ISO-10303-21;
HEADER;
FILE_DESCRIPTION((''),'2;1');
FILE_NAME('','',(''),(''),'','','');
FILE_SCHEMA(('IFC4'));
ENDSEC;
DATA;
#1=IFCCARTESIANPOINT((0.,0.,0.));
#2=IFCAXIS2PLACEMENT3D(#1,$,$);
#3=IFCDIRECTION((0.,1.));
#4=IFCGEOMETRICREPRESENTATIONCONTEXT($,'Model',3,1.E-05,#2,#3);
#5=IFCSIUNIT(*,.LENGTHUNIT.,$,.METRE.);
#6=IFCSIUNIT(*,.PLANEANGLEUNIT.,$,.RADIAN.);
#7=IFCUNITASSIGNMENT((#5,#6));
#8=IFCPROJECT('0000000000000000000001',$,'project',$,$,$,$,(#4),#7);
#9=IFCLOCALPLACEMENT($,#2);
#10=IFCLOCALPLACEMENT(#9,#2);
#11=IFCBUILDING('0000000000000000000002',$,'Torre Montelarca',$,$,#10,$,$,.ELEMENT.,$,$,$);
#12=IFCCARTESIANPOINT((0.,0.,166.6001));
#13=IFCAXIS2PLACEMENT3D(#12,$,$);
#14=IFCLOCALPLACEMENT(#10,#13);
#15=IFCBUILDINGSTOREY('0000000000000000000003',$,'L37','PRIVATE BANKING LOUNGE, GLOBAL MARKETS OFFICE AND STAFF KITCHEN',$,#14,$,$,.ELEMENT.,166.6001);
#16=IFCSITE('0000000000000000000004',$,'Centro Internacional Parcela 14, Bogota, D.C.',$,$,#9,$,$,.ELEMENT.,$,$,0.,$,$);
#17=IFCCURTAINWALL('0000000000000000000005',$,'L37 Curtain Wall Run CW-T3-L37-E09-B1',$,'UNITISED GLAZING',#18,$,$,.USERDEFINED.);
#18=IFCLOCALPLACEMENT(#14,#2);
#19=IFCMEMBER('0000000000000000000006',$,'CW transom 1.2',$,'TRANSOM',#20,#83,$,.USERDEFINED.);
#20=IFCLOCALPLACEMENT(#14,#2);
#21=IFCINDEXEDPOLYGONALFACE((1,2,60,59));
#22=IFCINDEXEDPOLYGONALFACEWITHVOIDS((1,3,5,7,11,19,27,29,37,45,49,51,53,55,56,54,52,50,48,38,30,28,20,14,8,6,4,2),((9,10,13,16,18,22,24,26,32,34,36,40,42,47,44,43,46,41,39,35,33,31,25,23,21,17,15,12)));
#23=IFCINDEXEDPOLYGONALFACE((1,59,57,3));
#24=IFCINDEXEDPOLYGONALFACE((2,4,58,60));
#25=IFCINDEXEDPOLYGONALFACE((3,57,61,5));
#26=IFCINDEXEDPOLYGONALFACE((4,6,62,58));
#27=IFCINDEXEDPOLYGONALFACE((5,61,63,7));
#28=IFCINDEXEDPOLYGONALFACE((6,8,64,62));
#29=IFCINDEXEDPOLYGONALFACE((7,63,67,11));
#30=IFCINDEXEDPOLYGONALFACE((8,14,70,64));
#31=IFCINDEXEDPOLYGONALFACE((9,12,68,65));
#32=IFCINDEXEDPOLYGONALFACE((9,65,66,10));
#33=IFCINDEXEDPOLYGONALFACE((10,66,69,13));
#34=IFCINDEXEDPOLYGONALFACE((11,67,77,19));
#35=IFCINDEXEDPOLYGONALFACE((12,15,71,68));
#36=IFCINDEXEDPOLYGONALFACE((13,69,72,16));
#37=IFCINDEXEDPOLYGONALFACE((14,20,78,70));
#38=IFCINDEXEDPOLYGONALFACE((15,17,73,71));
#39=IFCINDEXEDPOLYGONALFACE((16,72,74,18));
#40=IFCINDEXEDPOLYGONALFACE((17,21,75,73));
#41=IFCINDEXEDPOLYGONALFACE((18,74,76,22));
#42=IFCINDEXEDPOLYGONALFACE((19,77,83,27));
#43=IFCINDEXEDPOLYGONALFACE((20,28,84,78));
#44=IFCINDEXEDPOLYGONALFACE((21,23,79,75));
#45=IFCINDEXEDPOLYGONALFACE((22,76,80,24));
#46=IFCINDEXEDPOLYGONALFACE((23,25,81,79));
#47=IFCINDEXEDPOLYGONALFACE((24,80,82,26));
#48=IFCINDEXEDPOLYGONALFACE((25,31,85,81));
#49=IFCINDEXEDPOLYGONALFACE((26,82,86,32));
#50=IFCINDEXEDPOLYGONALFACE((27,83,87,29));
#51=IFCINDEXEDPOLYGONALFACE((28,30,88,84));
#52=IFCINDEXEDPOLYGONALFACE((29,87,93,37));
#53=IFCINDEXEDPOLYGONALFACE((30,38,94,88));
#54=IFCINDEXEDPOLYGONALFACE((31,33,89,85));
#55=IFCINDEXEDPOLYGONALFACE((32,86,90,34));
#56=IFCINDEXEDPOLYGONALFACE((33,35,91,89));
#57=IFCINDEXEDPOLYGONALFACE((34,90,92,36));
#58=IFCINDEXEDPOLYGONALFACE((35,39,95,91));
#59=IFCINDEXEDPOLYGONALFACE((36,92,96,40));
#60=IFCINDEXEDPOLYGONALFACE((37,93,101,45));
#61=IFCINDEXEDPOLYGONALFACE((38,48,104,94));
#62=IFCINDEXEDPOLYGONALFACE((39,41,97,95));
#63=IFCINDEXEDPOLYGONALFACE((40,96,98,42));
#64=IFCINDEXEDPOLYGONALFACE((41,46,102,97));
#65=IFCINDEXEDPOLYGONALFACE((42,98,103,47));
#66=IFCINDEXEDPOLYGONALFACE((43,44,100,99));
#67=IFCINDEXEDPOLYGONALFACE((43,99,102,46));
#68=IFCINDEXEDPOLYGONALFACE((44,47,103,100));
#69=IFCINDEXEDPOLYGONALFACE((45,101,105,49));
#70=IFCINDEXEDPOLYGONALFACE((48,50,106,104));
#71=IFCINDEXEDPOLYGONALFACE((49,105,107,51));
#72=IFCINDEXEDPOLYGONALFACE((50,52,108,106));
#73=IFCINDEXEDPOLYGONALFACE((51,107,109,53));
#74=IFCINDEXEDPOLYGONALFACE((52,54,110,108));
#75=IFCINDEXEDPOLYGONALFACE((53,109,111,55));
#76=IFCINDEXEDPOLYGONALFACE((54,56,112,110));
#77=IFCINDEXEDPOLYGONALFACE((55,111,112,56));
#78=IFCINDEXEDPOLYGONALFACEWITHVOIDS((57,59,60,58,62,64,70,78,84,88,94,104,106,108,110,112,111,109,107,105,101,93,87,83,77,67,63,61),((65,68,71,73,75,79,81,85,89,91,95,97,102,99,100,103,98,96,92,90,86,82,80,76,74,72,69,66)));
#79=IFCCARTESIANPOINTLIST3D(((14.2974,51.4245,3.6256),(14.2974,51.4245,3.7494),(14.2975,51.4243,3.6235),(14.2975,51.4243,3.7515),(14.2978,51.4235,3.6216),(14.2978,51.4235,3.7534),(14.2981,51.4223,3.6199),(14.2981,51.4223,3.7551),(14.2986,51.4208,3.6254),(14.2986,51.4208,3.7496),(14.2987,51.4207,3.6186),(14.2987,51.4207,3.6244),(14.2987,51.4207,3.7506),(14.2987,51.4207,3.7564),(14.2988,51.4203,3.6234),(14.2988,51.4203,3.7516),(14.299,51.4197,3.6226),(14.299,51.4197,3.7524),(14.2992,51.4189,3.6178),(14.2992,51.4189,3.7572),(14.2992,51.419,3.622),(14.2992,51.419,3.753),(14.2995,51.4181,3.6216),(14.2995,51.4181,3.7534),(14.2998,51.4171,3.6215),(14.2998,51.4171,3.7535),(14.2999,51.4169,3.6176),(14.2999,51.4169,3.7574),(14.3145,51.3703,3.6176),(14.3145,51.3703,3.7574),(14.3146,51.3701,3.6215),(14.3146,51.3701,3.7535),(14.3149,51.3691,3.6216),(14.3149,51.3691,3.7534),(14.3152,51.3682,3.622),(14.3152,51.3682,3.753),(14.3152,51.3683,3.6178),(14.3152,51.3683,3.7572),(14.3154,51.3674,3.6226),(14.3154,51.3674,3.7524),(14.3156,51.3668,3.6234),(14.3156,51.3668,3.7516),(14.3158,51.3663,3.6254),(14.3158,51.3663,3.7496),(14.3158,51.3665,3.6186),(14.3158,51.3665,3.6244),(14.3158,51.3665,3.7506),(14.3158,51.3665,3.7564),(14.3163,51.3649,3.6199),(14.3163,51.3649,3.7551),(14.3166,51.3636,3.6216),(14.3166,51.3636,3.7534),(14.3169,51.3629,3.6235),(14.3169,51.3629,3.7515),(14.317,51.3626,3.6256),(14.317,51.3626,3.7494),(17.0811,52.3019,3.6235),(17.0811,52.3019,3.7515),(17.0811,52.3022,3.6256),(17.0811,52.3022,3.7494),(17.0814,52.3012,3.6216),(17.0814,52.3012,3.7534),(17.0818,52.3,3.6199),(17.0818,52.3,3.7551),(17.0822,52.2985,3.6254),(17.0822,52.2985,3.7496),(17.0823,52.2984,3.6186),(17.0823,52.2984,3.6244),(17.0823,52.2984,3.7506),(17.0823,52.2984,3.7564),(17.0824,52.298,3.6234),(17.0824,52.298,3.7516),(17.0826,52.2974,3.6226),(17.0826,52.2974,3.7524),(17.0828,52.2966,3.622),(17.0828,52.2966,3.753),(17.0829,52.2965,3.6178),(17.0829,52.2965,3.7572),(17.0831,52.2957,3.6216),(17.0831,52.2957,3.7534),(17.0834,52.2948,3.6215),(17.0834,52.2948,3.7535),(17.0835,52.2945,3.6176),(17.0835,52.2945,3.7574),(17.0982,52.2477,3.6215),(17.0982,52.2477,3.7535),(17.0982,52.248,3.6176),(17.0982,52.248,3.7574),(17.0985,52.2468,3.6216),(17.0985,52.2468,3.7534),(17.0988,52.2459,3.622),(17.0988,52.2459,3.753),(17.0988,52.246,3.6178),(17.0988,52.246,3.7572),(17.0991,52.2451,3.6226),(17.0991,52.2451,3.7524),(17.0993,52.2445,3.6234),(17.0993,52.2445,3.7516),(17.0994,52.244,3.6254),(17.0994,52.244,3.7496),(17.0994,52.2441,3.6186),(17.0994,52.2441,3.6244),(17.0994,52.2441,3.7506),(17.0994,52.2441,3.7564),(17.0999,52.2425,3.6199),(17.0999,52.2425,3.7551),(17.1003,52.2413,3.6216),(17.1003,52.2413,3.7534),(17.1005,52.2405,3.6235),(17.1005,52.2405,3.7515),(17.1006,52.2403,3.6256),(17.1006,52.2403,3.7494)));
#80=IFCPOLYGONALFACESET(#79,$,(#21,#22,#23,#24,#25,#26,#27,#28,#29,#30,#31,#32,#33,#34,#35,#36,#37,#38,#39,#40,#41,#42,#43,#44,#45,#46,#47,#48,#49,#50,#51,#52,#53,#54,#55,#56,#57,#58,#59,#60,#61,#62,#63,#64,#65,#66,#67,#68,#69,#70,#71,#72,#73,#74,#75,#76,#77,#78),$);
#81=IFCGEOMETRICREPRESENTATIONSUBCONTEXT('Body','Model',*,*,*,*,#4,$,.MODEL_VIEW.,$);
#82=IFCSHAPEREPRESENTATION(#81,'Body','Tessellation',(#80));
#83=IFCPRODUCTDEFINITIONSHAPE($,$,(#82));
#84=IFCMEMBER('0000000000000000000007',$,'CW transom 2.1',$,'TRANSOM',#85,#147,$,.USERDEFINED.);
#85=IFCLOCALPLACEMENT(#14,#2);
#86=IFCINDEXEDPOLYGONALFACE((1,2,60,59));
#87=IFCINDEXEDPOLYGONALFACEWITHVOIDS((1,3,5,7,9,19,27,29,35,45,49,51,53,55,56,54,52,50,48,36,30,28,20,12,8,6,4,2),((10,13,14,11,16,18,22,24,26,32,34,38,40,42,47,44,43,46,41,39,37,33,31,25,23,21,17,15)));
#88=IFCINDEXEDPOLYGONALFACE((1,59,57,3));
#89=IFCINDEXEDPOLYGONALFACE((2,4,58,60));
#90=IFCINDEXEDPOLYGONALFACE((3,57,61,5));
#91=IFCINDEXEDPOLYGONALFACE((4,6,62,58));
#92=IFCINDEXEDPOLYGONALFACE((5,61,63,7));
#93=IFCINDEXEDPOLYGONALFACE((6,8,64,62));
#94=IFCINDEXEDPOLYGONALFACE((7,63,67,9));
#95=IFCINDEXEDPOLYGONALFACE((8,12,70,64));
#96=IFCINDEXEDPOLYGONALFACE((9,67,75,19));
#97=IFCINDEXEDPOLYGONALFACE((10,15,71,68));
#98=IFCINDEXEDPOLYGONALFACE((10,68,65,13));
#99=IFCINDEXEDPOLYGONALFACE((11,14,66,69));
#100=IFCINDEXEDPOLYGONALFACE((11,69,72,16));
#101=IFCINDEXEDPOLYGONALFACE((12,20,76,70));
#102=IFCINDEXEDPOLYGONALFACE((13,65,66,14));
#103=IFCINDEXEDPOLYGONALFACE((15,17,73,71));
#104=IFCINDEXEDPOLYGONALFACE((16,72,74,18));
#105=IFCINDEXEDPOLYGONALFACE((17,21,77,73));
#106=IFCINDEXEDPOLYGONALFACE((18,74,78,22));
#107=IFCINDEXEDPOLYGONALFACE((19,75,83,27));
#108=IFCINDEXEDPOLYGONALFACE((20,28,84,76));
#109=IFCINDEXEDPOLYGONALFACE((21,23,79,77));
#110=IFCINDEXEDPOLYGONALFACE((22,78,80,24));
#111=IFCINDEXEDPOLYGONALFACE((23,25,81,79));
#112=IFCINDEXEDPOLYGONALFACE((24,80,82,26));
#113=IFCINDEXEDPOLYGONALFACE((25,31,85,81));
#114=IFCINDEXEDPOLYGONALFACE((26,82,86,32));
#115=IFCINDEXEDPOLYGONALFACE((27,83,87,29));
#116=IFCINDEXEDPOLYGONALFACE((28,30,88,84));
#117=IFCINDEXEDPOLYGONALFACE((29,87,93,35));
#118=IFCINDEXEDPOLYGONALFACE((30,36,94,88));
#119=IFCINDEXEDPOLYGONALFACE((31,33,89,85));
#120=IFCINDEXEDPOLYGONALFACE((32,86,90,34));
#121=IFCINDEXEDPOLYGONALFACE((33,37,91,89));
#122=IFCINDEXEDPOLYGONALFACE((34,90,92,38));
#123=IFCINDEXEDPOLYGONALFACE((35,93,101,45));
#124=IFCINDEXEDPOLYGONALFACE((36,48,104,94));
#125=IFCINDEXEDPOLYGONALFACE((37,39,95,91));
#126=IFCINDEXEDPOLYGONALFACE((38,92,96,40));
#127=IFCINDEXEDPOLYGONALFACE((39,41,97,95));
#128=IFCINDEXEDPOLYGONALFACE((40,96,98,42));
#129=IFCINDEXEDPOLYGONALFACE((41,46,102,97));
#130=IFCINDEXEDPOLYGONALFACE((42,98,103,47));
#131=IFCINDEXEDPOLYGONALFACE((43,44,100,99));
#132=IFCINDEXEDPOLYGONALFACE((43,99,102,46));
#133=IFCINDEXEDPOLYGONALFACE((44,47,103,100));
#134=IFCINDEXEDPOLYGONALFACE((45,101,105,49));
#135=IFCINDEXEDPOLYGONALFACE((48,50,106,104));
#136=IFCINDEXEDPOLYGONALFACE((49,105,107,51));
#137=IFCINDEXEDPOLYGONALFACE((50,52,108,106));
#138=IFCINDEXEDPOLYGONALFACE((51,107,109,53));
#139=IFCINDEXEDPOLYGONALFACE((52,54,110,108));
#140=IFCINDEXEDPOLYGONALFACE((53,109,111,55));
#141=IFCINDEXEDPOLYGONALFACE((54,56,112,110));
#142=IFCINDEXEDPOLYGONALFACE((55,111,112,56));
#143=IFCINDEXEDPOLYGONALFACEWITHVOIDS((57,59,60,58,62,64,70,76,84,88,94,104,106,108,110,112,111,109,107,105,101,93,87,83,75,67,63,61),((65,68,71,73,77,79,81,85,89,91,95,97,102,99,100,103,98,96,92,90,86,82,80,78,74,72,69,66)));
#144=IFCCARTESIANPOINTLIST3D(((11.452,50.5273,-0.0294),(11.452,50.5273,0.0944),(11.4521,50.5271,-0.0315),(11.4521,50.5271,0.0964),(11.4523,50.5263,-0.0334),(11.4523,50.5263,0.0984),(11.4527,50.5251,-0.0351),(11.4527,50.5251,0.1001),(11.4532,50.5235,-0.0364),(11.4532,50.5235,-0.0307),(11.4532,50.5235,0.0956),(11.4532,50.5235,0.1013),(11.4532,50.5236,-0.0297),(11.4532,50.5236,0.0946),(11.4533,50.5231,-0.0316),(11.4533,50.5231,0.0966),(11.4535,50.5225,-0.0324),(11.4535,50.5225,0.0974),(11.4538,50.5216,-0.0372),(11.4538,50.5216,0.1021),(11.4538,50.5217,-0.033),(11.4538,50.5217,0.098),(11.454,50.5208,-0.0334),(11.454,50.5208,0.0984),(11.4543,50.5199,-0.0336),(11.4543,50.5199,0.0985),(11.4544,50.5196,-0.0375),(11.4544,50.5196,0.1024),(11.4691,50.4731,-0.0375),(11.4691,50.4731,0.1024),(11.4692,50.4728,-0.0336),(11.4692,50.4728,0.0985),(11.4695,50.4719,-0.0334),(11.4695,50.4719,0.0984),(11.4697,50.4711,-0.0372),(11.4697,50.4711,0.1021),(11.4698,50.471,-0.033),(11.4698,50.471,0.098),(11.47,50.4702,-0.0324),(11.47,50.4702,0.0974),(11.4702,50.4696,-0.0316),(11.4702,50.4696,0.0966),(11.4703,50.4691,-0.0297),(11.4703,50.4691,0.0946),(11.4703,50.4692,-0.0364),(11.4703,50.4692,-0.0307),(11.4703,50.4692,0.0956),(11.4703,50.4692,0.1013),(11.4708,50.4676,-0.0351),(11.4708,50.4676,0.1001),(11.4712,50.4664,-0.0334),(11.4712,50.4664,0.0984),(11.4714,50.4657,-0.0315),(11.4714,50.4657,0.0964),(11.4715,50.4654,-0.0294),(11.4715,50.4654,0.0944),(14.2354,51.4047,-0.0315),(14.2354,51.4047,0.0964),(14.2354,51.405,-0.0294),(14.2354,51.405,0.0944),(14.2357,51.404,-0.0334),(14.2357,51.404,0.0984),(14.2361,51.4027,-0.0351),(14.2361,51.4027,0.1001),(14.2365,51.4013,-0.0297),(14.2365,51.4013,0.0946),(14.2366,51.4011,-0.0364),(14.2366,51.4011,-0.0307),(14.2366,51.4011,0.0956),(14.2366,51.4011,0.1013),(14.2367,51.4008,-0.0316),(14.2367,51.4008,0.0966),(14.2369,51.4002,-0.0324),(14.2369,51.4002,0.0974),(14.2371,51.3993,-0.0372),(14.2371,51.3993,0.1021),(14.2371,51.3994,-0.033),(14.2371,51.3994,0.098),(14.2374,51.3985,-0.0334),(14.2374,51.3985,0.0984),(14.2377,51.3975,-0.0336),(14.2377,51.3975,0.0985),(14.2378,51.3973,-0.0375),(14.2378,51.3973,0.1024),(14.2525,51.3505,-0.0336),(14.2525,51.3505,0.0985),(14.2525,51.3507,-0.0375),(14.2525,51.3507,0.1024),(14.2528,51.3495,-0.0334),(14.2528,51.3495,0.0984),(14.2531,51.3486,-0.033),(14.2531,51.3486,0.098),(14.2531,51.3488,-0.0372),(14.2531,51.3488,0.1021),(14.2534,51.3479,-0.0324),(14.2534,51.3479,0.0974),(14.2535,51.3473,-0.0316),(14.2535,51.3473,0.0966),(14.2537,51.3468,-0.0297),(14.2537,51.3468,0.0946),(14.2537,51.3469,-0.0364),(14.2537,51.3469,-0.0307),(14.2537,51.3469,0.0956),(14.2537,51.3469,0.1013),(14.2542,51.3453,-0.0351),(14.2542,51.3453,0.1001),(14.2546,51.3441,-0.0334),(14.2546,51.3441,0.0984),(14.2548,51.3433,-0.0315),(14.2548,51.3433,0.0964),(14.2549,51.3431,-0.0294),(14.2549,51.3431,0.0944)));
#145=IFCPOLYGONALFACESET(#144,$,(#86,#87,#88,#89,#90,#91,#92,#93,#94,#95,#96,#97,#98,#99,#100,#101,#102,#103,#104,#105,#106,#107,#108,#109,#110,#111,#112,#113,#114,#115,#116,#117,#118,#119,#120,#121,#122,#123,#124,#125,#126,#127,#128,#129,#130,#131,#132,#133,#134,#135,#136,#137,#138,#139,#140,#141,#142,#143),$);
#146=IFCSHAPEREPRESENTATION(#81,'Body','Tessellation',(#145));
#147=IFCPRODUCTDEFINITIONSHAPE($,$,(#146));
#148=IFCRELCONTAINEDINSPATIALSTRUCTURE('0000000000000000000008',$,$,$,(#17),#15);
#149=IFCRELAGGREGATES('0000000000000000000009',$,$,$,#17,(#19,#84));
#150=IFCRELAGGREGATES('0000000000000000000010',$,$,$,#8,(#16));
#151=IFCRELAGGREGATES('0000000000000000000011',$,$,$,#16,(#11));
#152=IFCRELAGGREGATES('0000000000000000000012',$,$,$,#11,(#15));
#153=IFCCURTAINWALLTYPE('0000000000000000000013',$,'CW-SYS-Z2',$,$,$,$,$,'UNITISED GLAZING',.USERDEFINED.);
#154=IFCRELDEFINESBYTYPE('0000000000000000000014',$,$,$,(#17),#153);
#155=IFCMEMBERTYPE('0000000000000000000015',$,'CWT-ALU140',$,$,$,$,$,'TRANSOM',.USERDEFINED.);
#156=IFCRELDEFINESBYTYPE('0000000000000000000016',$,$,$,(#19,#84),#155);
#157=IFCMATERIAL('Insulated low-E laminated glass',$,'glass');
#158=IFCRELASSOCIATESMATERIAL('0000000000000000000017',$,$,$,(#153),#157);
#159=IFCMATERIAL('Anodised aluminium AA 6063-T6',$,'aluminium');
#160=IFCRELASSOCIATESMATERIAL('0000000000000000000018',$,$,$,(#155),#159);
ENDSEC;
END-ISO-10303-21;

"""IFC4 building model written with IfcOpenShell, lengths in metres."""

from ifc_helpers import new_model, si_unit, direction, frame, origin, origin_2d, place, context, subcontext, project, spatial, hollow_rectangle, extrude, source, transform, mapped, material, material_profile, profile_set, type_object, element, aggregate, save


model = new_model("IFC4")

# Units and contexts
model_context = context("Model", 3, precision=1e-05, world=origin(), true_north=direction((0.0, 1.0)))
body_context = subcontext(model_context, "Body", "Model", "MODEL_VIEW")
ifc_project = project(units=[si_unit("LENGTHUNIT", "METRE"), si_unit("PLANEANGLEUNIT", "RADIAN")], contexts=[model_context])

# Site, building, storey
site_placement = place(None, origin())
site = spatial("IfcSite", under=ifc_project, at=site_placement, Name="Centro Internacional Parcela 14, Bogota, D.C.", CompositionType="ELEMENT", RefElevation=0.0)
building_placement = place(site_placement, origin())
building = spatial("IfcBuilding", under=site, at=building_placement, Name="Torre Montelarca", CompositionType="ELEMENT")
storey_placement = place(building_placement, frame((0.0, 0.0, 166.6001)))
storey = spatial("IfcBuildingStorey", under=building, at=storey_placement, Name="L37", Description="PRIVATE BANKING LOUNGE, GLOBAL MARKETS OFFICE AND STAFF KITCHEN", CompositionType="ELEMENT", Elevation=166.6001)

# Curtain wall, members
ifc_material_1 = material(Name="Insulated low-E laminated glass", Category="glass")
curtain_wall_type = type_object("IfcCurtainWallType", Name="CW-SYS-Z2", ElementType="UNITISED GLAZING", PredefinedType="USERDEFINED", material=ifc_material_1)
curtain_wall_1_placement = place(storey_placement, origin())
curtain_wall_1 = element("IfcCurtainWall", 1, at=curtain_wall_1_placement, inside=storey, type_object=curtain_wall_type, Name="L37 Curtain Wall Run CW-T3-L37-E09-B1", ObjectType="UNITISED GLAZING", PredefinedType="USERDEFINED")
ifc_material_2 = material(Name="Anodised aluminium AA 6063-T6", Category="aluminium")
ifc_material_profile_1 = material_profile(ifc_material_2, hollow_rectangle(XDim=0.0649, YDim=0.1399, WallThickness=0.0039, InnerFilletRadius=0.0039, OuterFilletRadius=0.0081, at=origin_2d()), Name="ALU65X140X4", Category="aluminium")
ifc_profile_set_1 = profile_set([ifc_material_profile_1], Name="Anodised aluminium AA 6063-T6")
member_type_1 = type_object("IfcMemberType", Name="CWT-ALU140", ElementType="TRANSOM", PredefinedType="USERDEFINED", material=ifc_profile_set_1)
shared_shape_1 = source(origin(), body_context, "Body", "SweptSolid", [
    extrude(hollow_rectangle(XDim=0.0649, YDim=0.1399, WallThickness=0.0039, InnerFilletRadius=0.0039, OuterFilletRadius=0.0081, at=origin_2d()), origin(), (0.0, 0.0, 1.0), 2.9187),
])
member_1_placement = place(storey_placement, frame((17.0908, 52.2712, 3.6875), z_axis=(-0.953718, -0.300703, 0.0), x_axis=(0.300703, -0.953718, 0.0)))
member_1 = element("IfcMember", 2, at=member_1_placement, type_object=member_type_1, Name="CW transom 1.2", ObjectType="TRANSOM", PredefinedType="USERDEFINED", context=body_context, shape_type="MappedRepresentation", body=[
    mapped(shared_shape_1, transform((0.0, 0.0, 0.0), scale=1.0)),
])
shared_shape_2 = source(origin(), body_context, "Body", "SweptSolid", [
    extrude(hollow_rectangle(XDim=0.0649, YDim=0.1399, WallThickness=0.0039, InnerFilletRadius=0.0039, OuterFilletRadius=0.0081, at=origin_2d()), origin(), (0.0, 0.0, 1.0), 2.9185),
])
member_2_placement = place(storey_placement, frame((14.2451, 51.374, 0.0325), z_axis=(-0.95371, -0.300727, 0.0), x_axis=(0.300727, -0.95371, 0.0)))
member_2 = element("IfcMember", 3, at=member_2_placement, type_object=member_type_1, Name="CW transom 2.1", ObjectType="TRANSOM", PredefinedType="USERDEFINED", context=body_context, shape_type="MappedRepresentation", body=[
    mapped(shared_shape_2, transform((0.0, 0.0, 0.0), scale=1.0)),
])

aggregate(curtain_wall_1, [member_1, member_2])

save(model, "model.ifc")
